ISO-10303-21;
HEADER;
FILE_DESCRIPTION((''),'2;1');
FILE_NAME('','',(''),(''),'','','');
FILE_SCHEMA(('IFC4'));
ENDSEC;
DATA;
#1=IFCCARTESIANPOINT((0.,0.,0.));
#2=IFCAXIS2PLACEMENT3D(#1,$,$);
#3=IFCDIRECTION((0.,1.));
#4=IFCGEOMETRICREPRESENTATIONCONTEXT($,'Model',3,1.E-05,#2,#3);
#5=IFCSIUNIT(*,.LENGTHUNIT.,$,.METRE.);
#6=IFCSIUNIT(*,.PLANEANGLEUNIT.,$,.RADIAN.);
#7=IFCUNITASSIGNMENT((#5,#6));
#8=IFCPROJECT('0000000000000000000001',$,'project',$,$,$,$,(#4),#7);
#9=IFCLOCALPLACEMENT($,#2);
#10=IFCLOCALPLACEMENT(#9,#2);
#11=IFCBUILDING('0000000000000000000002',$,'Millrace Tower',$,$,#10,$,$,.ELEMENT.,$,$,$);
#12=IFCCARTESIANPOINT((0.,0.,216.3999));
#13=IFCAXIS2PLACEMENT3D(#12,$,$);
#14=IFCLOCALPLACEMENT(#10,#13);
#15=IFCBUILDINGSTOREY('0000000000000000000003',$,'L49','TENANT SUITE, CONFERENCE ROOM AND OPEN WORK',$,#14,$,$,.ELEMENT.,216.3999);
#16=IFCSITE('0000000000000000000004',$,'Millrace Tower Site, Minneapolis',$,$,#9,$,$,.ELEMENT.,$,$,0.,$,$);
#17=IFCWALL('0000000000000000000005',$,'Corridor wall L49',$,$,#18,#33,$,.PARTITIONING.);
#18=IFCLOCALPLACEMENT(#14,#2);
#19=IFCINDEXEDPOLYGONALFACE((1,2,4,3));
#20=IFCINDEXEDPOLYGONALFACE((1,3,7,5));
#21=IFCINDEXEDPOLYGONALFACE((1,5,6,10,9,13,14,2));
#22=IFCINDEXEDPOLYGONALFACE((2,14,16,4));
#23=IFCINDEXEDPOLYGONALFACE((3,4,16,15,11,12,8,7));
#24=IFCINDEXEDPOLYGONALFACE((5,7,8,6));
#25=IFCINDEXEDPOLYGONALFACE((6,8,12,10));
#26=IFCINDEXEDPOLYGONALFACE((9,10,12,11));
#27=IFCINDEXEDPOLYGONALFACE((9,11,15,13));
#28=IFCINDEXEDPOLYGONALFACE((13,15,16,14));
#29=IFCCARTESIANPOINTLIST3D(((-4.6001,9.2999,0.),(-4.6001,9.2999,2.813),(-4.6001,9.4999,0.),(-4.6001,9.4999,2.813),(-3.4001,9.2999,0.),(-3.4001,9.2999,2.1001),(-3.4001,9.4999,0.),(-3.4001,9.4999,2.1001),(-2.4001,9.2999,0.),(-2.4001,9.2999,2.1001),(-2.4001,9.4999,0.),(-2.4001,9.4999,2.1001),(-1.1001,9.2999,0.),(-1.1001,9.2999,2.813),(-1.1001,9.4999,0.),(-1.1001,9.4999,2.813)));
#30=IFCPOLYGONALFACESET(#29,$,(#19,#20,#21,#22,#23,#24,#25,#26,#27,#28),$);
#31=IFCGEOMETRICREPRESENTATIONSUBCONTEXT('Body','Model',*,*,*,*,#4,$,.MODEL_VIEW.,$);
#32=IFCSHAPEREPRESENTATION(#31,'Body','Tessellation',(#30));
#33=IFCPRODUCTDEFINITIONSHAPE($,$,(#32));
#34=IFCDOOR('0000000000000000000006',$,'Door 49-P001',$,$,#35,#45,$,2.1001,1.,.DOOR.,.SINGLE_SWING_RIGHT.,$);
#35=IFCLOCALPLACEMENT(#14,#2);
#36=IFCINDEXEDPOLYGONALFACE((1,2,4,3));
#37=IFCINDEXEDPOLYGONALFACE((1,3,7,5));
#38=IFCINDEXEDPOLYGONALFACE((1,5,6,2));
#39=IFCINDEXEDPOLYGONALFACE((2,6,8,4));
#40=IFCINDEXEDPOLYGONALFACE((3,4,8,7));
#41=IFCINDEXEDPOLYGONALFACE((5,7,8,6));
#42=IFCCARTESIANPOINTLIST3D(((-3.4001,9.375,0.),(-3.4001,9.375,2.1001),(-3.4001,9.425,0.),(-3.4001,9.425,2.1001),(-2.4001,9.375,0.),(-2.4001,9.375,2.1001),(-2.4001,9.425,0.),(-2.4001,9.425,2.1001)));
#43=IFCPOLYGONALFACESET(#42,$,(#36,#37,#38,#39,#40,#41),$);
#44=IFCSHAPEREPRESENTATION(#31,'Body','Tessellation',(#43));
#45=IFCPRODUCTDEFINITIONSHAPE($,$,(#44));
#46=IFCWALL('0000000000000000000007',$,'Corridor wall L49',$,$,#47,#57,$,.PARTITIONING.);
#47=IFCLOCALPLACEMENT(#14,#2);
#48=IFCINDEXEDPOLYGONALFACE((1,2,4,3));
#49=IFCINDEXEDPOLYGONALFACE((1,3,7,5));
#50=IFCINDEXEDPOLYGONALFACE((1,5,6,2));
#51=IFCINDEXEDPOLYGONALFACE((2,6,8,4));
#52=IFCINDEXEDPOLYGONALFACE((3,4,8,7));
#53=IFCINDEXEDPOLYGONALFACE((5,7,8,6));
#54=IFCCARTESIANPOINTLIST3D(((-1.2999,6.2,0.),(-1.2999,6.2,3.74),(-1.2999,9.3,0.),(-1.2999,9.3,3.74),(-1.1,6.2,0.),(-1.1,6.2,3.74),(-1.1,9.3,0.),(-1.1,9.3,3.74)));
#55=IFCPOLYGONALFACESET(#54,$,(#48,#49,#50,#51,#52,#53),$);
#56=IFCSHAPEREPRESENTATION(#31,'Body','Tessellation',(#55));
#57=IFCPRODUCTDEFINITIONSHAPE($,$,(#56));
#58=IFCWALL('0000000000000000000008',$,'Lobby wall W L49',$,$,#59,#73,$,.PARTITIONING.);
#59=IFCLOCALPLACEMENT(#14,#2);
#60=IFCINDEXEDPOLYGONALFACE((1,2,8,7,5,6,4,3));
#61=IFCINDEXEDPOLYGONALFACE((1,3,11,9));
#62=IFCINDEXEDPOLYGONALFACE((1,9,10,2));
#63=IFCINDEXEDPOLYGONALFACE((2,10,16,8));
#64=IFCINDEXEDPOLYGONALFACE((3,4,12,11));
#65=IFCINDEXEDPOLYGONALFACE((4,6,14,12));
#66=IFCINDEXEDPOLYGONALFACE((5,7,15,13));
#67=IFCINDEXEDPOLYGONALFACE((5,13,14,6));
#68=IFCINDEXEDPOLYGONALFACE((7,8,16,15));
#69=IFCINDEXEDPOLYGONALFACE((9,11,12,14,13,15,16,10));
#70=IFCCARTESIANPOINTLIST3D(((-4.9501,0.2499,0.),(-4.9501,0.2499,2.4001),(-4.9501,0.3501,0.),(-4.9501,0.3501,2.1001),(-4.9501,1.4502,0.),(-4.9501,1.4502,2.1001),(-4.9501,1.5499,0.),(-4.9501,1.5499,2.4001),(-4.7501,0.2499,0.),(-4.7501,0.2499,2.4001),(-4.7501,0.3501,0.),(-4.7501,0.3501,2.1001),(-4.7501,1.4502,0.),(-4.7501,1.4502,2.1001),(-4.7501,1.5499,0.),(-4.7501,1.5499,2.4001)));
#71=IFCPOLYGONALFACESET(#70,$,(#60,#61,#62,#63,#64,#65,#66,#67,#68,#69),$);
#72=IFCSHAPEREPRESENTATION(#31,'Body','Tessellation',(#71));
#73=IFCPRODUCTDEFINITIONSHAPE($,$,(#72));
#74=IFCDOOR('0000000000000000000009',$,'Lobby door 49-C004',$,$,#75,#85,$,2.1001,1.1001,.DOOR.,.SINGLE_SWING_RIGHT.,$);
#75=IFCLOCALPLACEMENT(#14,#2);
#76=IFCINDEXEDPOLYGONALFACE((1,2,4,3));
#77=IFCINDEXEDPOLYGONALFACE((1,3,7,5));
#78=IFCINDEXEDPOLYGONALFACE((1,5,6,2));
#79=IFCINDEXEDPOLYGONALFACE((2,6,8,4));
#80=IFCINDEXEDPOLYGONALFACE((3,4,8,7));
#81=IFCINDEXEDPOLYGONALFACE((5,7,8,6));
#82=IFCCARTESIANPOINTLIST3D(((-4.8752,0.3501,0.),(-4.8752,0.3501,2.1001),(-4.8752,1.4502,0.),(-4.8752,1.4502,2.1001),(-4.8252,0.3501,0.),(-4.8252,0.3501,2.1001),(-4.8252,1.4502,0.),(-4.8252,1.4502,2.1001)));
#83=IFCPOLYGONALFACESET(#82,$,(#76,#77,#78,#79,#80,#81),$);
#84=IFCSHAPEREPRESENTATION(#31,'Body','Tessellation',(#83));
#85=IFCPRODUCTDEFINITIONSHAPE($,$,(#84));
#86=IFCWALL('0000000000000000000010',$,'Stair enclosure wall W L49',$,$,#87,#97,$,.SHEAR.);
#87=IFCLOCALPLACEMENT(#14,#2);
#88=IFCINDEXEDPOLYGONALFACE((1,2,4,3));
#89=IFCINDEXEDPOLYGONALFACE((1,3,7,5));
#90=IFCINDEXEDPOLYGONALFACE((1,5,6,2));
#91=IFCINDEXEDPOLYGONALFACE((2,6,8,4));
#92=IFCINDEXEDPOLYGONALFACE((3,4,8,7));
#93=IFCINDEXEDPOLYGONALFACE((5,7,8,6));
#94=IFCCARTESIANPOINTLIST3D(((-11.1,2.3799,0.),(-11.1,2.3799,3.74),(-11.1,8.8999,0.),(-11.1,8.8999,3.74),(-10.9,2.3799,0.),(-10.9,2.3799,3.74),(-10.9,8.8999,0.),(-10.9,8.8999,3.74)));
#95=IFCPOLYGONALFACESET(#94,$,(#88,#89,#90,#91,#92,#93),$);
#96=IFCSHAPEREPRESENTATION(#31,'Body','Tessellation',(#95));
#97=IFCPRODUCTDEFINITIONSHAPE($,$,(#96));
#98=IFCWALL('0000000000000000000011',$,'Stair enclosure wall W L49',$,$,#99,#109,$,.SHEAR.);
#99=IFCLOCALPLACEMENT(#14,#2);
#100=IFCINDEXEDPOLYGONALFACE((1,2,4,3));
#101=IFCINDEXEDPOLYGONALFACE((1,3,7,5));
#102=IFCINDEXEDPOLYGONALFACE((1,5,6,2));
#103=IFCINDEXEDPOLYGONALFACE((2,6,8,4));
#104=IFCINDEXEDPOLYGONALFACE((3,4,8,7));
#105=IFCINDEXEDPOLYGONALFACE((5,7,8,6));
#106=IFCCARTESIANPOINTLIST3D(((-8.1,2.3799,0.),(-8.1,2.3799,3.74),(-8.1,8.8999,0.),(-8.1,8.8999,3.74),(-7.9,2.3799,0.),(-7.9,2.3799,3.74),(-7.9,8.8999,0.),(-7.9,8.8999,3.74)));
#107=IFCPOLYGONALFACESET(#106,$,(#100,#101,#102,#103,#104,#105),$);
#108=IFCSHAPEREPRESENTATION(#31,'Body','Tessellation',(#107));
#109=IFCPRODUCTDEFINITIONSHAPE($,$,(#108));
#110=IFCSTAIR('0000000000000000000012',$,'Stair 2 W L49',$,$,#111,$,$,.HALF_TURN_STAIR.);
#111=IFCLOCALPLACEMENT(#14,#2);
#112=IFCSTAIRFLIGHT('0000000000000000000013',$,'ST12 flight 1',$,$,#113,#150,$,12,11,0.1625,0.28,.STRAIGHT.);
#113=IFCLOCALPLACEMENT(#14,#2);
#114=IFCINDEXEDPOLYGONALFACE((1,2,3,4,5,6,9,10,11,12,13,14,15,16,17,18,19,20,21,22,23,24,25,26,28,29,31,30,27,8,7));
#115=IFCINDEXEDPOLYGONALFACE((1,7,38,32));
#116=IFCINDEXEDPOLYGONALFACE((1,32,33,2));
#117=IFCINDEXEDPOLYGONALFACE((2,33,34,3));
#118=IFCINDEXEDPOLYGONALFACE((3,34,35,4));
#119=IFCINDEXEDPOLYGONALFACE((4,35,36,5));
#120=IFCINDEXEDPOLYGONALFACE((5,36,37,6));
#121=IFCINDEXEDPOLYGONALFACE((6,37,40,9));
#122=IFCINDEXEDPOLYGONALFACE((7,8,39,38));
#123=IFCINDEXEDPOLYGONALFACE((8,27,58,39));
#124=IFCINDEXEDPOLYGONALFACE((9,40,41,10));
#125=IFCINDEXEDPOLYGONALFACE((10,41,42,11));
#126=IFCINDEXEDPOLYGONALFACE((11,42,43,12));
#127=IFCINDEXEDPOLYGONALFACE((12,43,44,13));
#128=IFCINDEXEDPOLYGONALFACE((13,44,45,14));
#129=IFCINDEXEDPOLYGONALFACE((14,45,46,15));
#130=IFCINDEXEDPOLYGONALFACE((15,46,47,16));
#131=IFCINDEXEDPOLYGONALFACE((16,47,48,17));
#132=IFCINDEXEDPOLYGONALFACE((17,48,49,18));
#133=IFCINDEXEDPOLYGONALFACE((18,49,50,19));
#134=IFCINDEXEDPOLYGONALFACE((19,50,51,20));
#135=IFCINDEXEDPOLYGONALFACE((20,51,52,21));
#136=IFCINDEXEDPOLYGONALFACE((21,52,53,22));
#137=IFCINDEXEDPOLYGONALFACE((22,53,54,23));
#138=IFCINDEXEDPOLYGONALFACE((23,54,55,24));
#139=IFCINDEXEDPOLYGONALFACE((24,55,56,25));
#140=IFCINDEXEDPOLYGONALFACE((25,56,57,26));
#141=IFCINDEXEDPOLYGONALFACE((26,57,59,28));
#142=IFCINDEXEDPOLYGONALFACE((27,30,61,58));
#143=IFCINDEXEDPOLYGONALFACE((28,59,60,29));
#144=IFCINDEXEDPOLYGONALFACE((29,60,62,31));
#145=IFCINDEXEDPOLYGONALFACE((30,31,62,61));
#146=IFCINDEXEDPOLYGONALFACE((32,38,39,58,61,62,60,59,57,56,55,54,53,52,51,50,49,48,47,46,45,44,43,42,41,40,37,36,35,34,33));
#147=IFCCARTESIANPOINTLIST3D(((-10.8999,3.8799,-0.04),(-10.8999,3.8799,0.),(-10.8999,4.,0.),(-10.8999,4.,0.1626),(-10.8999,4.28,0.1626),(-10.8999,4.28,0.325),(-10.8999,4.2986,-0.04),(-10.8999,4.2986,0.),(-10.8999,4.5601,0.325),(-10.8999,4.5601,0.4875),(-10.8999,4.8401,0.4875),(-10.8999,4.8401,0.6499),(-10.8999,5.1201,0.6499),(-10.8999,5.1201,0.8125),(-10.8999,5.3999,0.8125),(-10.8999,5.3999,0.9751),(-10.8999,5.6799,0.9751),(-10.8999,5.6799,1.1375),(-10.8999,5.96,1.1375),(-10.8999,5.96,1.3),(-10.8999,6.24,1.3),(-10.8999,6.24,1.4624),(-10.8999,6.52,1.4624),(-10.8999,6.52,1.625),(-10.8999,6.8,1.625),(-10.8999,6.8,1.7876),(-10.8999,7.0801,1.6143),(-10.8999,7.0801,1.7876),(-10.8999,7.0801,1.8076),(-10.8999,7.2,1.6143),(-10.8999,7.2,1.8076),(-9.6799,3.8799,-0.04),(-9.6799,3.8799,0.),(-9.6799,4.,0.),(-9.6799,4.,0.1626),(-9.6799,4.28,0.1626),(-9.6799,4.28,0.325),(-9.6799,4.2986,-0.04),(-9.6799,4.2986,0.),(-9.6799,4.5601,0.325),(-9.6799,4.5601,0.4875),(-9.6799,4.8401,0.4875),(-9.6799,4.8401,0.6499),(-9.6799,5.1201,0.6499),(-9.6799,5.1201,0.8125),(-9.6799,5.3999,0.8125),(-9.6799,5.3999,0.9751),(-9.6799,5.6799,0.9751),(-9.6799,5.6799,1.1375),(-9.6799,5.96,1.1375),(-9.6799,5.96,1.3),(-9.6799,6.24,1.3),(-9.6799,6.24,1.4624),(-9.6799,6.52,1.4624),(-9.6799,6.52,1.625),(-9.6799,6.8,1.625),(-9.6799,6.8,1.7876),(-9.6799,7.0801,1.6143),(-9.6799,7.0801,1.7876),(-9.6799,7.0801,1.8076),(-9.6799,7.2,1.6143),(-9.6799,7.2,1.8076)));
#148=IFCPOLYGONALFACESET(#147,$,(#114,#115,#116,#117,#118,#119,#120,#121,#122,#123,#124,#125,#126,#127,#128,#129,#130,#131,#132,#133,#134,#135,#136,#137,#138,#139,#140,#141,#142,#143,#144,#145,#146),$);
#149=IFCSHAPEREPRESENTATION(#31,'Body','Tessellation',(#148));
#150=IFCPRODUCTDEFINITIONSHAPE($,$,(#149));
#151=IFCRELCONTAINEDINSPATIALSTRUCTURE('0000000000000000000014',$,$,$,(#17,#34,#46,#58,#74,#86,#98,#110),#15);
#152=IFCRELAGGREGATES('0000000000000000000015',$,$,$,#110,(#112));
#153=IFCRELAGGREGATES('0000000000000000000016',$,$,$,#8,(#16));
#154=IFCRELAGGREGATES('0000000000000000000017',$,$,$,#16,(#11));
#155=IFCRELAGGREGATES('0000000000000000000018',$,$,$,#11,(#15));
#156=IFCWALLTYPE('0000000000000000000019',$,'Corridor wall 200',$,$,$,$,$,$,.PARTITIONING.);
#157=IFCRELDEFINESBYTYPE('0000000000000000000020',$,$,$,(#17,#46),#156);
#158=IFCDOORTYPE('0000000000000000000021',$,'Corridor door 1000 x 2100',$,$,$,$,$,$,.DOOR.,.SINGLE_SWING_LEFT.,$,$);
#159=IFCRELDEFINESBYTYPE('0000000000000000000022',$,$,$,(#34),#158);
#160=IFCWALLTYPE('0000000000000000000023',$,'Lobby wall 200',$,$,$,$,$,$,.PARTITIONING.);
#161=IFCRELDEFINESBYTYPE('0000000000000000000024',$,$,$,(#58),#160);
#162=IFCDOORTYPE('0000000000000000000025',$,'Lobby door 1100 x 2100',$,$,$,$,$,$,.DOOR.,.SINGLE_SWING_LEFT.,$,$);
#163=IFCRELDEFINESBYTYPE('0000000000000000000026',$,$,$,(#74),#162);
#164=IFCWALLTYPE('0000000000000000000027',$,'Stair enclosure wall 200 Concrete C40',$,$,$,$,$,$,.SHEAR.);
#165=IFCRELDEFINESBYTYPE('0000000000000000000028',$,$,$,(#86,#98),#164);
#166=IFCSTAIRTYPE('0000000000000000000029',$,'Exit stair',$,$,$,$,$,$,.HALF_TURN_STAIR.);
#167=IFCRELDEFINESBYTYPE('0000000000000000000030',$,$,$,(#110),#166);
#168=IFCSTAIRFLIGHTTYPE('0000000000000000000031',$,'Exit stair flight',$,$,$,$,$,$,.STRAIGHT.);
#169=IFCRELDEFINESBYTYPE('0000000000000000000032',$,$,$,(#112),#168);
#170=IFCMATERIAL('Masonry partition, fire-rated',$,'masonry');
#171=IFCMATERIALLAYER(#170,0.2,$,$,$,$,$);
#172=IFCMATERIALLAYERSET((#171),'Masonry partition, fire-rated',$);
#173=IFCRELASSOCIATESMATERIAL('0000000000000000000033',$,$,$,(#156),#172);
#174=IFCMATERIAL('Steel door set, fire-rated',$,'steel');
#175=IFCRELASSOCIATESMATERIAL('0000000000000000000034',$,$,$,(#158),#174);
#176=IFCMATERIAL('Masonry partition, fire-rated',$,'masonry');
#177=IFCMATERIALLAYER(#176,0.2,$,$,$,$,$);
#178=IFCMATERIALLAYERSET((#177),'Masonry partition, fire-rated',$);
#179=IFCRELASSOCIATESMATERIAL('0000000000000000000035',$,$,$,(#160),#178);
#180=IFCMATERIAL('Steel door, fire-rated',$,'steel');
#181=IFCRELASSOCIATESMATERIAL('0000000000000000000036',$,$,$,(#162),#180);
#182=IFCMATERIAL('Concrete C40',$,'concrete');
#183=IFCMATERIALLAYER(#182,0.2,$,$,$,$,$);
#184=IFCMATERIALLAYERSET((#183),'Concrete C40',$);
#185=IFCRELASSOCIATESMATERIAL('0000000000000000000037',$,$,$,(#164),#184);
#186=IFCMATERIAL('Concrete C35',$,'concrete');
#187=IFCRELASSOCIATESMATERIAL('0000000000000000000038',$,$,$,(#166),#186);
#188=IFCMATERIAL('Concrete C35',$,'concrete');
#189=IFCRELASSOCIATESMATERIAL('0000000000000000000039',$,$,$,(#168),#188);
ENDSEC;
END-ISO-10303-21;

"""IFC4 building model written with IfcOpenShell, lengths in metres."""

from ifc_helpers import new_model, si_unit, direction, frame, frame_2d, origin, place, context, subcontext, project, spatial, polyline, rectangle, outline, extrude, material, layer, layer_set, type_object, element, fill, aggregate, save


model = new_model("IFC4")

# Units and contexts
model_context = context("Model", 3, precision=1e-05, world=origin(), true_north=direction((0.0, 1.0)))
body_context = subcontext(model_context, "Body", "Model", "MODEL_VIEW")
ifc_project = project(units=[si_unit("LENGTHUNIT", "METRE"), si_unit("PLANEANGLEUNIT", "RADIAN")], contexts=[model_context])

# Site, building, storey
site_placement = place(None, origin())
site = spatial("IfcSite", under=ifc_project, at=site_placement, Name="Millrace Tower Site, Minneapolis", CompositionType="ELEMENT", RefElevation=0.0)
building_placement = place(site_placement, origin())
building = spatial("IfcBuilding", under=site, at=building_placement, Name="Millrace Tower", CompositionType="ELEMENT")
storey_placement = place(building_placement, frame((0.0, 0.0, 216.3999)))
storey = spatial("IfcBuildingStorey", under=building, at=storey_placement, Name="L49", Description="TENANT SUITE, CONFERENCE ROOM AND OPEN WORK", CompositionType="ELEMENT", Elevation=216.3999)

# Shared definitions
placement_1 = place(storey_placement, origin())

# Shared definitions
ifc_material_1 = material(Name="Masonry partition, fire-rated", Category="masonry")
ifc_layer_1 = layer(ifc_material_1, 0.2)
ifc_layer_set_1 = layer_set([ifc_layer_1], Name="Masonry partition, fire-rated")
wall_type_1 = type_object("IfcWallType", Name="Corridor wall 200", PredefinedType="PARTITIONING", material=ifc_layer_set_1)

# Wall, opening, door
wall_1_placement = place(storey_placement, frame((-4.6001, 9.3999, 0.0), z_axis=(0.0, 0.0, 1.0), x_axis=(1.0, 0.0, 0.0)))
wall_1 = element("IfcWall", 1, at=wall_1_placement, inside=storey, type_object=wall_type_1, Name="Corridor wall L49", PredefinedType="PARTITIONING", context=body_context, shape_type="SweptSolid", body=[
    extrude(rectangle(XDim=3.5, YDim=0.2, at=frame_2d((1.75, 0.0))), origin(), (0.0, 0.0, 1.0), 2.813),
])
opening_1_placement = place(wall_1_placement, frame((1.2, 0.0, 0.0)))
opening_1 = element("IfcOpeningElement", 2, at=opening_1_placement, cuts=wall_1, PredefinedType="OPENING", context=body_context, shape_type="SweptSolid", body=[
    extrude(rectangle(XDim=1.0, YDim=2.1001, at=frame_2d((0.5, 1.05))), frame((0.0, 0.1099, 0.0), z_axis=(0.0, -1.0, 0.0), x_axis=(1.0, 0.0, 0.0)), (0.0, 0.0, 1.0), 0.22),
])
ifc_material_2 = material(Name="Steel door set, fire-rated", Category="steel")
door_type_1 = type_object("IfcDoorType", Name="Corridor door 1000 x 2100", OperationType="SINGLE_SWING_LEFT", PredefinedType="DOOR", material=ifc_material_2)
door_1_placement = place(opening_1_placement, frame((1.0, 0.0, 0.0), z_axis=(0.0, 0.0, 1.0), x_axis=(-1.0, 0.0, 0.0)))
door_1 = element("IfcDoor", 3, at=door_1_placement, inside=storey, type_object=door_type_1, Name="Door 49-P001", OperationType="SINGLE_SWING_RIGHT", OverallHeight=2.1001, OverallWidth=1.0, PredefinedType="DOOR", context=body_context, shape_type="SweptSolid", body=[
    extrude(rectangle(XDim=1.0, YDim=2.1001, at=frame_2d((0.5, 1.05))), frame((0.0, 0.0249, 0.0), z_axis=(0.0, -1.0, 0.0), x_axis=(1.0, 0.0, 0.0)), (0.0, 0.0, 1.0), 0.05),
])
fill(opening_1, door_1)

# Wall
wall_2_placement = place(storey_placement, frame((-1.2, 6.2, 0.0), z_axis=(0.0, 0.0, 1.0), x_axis=(0.0, 1.0, 0.0)))
element("IfcWall", 4, at=wall_2_placement, inside=storey, type_object=wall_type_1, Name="Corridor wall L49", PredefinedType="PARTITIONING", context=body_context, shape_type="SweptSolid", body=[
    extrude(rectangle(XDim=3.1001, YDim=0.2, at=frame_2d((1.55, 0.0))), origin(), (0.0, 0.0, 1.0), 3.74),
])

# Wall, opening, door
ifc_material_3 = material(Name="Masonry partition, fire-rated", Category="masonry")
ifc_layer_2 = layer(ifc_material_3, 0.2)
ifc_layer_set_2 = layer_set([ifc_layer_2], Name="Masonry partition, fire-rated")
wall_type_2 = type_object("IfcWallType", Name="Lobby wall 200", PredefinedType="PARTITIONING", material=ifc_layer_set_2)
wall_3_placement = place(storey_placement, frame((-4.8501, 0.25, 0.0), z_axis=(0.0, 0.0, 1.0), x_axis=(0.0, 1.0, 0.0)))
wall_3 = element("IfcWall", 5, at=wall_3_placement, inside=storey, type_object=wall_type_2, Name="Lobby wall W L49", PredefinedType="PARTITIONING", context=body_context, shape_type="SweptSolid", body=[
    extrude(rectangle(XDim=1.3, YDim=0.2, at=frame_2d((0.6499, 0.0))), origin(), (0.0, 0.0, 1.0), 2.4001),
])
opening_2_placement = place(wall_3_placement, frame((0.1001, 0.0, 0.0)))
opening_2 = element("IfcOpeningElement", 6, at=opening_2_placement, cuts=wall_3, PredefinedType="OPENING", context=body_context, shape_type="SweptSolid", body=[
    extrude(rectangle(XDim=1.1001, YDim=2.1001, at=frame_2d((0.55, 1.05))), frame((0.0, 0.1099, 0.0), z_axis=(0.0, -1.0, 0.0), x_axis=(1.0, 0.0, 0.0)), (0.0, 0.0, 1.0), 0.22),
])
ifc_material_4 = material(Name="Steel door, fire-rated", Category="steel")
door_type_2 = type_object("IfcDoorType", Name="Lobby door 1100 x 2100", OperationType="SINGLE_SWING_LEFT", PredefinedType="DOOR", material=ifc_material_4)
door_2_placement = place(opening_2_placement, frame((1.1001, 0.0, 0.0), z_axis=(0.0, 0.0, 1.0), x_axis=(-1.0, 0.0, 0.0)))
door_2 = element("IfcDoor", 7, at=door_2_placement, inside=storey, type_object=door_type_2, Name="Lobby door 49-C004", OperationType="SINGLE_SWING_RIGHT", OverallHeight=2.1001, OverallWidth=1.1001, PredefinedType="DOOR", context=body_context, shape_type="SweptSolid", body=[
    extrude(rectangle(XDim=1.1001, YDim=2.1001, at=frame_2d((0.55, 1.05))), frame((0.0, 0.0249, 0.0), z_axis=(0.0, -1.0, 0.0), x_axis=(1.0, 0.0, 0.0)), (0.0, 0.0, 1.0), 0.05),
])
fill(opening_2, door_2)

# Walls
ifc_material_5 = material(Name="Concrete C40", Category="concrete")
ifc_layer_3 = layer(ifc_material_5, 0.2)
ifc_layer_set_3 = layer_set([ifc_layer_3], Name="Concrete C40")
wall_type_3 = type_object("IfcWallType", Name="Stair enclosure wall 200 Concrete C40", PredefinedType="SHEAR", material=ifc_layer_set_3)
for number, where, z_axis, x_axis, name in (
    (8, (-11.0, 2.3799, 0.0), (0.0, 0.0, 1.0), (0.0, 1.0, 0.0), "Stair enclosure wall W L49"),
    (9, (-8.0, 2.3799, 0.0), (0.0, 0.0, 1.0), (0.0, 1.0, 0.0), "Stair enclosure wall W L49"),
):
    element("IfcWall", number, at=place(storey_placement, frame(where, z_axis=z_axis, x_axis=x_axis)), inside=storey, type_object=wall_type_3, Name=name, PredefinedType="SHEAR", context=body_context, shape_type="SweptSolid", body=[
        extrude(rectangle(XDim=6.52, YDim=0.2, at=frame_2d((3.26, 0.0))), origin(), (0.0, 0.0, 1.0), 3.74),
    ])

# Stair, stair flight
ifc_material_6 = material(Name="Concrete C35", Category="concrete")
stair_type = type_object("IfcStairType", Name="Exit stair", PredefinedType="HALF_TURN_STAIR", material=ifc_material_6)
stair_1 = element("IfcStair", 10, at=placement_1, inside=storey, type_object=stair_type, Name="Stair 2 W L49", PredefinedType="HALF_TURN_STAIR")
ifc_material_7 = material(Name="Concrete C35", Category="concrete")
stair_flight_type = type_object("IfcStairFlightType", Name="Exit stair flight", PredefinedType="STRAIGHT", material=ifc_material_7)
stair_flight_1_placement = place(storey_placement, frame((-10.29, 4.0, 0.0), z_axis=(0.0, 0.0, 1.0), x_axis=(0.0, 1.0, 0.0)))
stair_flight_1 = element("IfcStairFlight", 11, at=stair_flight_1_placement, type_object=stair_flight_type, Name="ST12 flight 1", NumberOfRisers=12, NumberOfTreads=11, PredefinedType="STRAIGHT", RiserHeight=0.1625, TreadLength=0.28, context=body_context, shape_type="SweptSolid", body=[
    extrude(outline(polyline([(-0.1201, -0.04), (-0.1201, 0.0), (0.0, 0.0), (0.0, 0.1626), (0.28, 0.1626), (0.28, 0.325), (0.5601, 0.325), (0.5601, 0.4875), (0.8401, 0.4875), (0.8401, 0.6499), (1.1201, 0.6499), (1.1201, 0.8125), (1.3999, 0.8125), (1.3999, 0.9751), (1.6799, 0.9751), (1.6799, 1.1375), (1.96, 1.1375), (1.96, 1.3), (2.24, 1.3), (2.24, 1.4624), (2.52, 1.4624), (2.52, 1.625), (2.8, 1.625), (2.8, 1.7876), (3.0801, 1.7876), (3.0801, 1.8076), (3.2, 1.8076), (3.2, 1.6143), (3.0801, 1.6143), (0.2986, 0.0), (0.2986, -0.04), (-0.1201, -0.04)])), frame((0.0, 0.6099, 0.0), z_axis=(0.0, -1.0, 0.0), x_axis=(1.0, 0.0, 0.0)), (0.0, 0.0, 1.0), 1.22),
])
aggregate(stair_1, [stair_flight_1])

save(model, "model.ifc")
